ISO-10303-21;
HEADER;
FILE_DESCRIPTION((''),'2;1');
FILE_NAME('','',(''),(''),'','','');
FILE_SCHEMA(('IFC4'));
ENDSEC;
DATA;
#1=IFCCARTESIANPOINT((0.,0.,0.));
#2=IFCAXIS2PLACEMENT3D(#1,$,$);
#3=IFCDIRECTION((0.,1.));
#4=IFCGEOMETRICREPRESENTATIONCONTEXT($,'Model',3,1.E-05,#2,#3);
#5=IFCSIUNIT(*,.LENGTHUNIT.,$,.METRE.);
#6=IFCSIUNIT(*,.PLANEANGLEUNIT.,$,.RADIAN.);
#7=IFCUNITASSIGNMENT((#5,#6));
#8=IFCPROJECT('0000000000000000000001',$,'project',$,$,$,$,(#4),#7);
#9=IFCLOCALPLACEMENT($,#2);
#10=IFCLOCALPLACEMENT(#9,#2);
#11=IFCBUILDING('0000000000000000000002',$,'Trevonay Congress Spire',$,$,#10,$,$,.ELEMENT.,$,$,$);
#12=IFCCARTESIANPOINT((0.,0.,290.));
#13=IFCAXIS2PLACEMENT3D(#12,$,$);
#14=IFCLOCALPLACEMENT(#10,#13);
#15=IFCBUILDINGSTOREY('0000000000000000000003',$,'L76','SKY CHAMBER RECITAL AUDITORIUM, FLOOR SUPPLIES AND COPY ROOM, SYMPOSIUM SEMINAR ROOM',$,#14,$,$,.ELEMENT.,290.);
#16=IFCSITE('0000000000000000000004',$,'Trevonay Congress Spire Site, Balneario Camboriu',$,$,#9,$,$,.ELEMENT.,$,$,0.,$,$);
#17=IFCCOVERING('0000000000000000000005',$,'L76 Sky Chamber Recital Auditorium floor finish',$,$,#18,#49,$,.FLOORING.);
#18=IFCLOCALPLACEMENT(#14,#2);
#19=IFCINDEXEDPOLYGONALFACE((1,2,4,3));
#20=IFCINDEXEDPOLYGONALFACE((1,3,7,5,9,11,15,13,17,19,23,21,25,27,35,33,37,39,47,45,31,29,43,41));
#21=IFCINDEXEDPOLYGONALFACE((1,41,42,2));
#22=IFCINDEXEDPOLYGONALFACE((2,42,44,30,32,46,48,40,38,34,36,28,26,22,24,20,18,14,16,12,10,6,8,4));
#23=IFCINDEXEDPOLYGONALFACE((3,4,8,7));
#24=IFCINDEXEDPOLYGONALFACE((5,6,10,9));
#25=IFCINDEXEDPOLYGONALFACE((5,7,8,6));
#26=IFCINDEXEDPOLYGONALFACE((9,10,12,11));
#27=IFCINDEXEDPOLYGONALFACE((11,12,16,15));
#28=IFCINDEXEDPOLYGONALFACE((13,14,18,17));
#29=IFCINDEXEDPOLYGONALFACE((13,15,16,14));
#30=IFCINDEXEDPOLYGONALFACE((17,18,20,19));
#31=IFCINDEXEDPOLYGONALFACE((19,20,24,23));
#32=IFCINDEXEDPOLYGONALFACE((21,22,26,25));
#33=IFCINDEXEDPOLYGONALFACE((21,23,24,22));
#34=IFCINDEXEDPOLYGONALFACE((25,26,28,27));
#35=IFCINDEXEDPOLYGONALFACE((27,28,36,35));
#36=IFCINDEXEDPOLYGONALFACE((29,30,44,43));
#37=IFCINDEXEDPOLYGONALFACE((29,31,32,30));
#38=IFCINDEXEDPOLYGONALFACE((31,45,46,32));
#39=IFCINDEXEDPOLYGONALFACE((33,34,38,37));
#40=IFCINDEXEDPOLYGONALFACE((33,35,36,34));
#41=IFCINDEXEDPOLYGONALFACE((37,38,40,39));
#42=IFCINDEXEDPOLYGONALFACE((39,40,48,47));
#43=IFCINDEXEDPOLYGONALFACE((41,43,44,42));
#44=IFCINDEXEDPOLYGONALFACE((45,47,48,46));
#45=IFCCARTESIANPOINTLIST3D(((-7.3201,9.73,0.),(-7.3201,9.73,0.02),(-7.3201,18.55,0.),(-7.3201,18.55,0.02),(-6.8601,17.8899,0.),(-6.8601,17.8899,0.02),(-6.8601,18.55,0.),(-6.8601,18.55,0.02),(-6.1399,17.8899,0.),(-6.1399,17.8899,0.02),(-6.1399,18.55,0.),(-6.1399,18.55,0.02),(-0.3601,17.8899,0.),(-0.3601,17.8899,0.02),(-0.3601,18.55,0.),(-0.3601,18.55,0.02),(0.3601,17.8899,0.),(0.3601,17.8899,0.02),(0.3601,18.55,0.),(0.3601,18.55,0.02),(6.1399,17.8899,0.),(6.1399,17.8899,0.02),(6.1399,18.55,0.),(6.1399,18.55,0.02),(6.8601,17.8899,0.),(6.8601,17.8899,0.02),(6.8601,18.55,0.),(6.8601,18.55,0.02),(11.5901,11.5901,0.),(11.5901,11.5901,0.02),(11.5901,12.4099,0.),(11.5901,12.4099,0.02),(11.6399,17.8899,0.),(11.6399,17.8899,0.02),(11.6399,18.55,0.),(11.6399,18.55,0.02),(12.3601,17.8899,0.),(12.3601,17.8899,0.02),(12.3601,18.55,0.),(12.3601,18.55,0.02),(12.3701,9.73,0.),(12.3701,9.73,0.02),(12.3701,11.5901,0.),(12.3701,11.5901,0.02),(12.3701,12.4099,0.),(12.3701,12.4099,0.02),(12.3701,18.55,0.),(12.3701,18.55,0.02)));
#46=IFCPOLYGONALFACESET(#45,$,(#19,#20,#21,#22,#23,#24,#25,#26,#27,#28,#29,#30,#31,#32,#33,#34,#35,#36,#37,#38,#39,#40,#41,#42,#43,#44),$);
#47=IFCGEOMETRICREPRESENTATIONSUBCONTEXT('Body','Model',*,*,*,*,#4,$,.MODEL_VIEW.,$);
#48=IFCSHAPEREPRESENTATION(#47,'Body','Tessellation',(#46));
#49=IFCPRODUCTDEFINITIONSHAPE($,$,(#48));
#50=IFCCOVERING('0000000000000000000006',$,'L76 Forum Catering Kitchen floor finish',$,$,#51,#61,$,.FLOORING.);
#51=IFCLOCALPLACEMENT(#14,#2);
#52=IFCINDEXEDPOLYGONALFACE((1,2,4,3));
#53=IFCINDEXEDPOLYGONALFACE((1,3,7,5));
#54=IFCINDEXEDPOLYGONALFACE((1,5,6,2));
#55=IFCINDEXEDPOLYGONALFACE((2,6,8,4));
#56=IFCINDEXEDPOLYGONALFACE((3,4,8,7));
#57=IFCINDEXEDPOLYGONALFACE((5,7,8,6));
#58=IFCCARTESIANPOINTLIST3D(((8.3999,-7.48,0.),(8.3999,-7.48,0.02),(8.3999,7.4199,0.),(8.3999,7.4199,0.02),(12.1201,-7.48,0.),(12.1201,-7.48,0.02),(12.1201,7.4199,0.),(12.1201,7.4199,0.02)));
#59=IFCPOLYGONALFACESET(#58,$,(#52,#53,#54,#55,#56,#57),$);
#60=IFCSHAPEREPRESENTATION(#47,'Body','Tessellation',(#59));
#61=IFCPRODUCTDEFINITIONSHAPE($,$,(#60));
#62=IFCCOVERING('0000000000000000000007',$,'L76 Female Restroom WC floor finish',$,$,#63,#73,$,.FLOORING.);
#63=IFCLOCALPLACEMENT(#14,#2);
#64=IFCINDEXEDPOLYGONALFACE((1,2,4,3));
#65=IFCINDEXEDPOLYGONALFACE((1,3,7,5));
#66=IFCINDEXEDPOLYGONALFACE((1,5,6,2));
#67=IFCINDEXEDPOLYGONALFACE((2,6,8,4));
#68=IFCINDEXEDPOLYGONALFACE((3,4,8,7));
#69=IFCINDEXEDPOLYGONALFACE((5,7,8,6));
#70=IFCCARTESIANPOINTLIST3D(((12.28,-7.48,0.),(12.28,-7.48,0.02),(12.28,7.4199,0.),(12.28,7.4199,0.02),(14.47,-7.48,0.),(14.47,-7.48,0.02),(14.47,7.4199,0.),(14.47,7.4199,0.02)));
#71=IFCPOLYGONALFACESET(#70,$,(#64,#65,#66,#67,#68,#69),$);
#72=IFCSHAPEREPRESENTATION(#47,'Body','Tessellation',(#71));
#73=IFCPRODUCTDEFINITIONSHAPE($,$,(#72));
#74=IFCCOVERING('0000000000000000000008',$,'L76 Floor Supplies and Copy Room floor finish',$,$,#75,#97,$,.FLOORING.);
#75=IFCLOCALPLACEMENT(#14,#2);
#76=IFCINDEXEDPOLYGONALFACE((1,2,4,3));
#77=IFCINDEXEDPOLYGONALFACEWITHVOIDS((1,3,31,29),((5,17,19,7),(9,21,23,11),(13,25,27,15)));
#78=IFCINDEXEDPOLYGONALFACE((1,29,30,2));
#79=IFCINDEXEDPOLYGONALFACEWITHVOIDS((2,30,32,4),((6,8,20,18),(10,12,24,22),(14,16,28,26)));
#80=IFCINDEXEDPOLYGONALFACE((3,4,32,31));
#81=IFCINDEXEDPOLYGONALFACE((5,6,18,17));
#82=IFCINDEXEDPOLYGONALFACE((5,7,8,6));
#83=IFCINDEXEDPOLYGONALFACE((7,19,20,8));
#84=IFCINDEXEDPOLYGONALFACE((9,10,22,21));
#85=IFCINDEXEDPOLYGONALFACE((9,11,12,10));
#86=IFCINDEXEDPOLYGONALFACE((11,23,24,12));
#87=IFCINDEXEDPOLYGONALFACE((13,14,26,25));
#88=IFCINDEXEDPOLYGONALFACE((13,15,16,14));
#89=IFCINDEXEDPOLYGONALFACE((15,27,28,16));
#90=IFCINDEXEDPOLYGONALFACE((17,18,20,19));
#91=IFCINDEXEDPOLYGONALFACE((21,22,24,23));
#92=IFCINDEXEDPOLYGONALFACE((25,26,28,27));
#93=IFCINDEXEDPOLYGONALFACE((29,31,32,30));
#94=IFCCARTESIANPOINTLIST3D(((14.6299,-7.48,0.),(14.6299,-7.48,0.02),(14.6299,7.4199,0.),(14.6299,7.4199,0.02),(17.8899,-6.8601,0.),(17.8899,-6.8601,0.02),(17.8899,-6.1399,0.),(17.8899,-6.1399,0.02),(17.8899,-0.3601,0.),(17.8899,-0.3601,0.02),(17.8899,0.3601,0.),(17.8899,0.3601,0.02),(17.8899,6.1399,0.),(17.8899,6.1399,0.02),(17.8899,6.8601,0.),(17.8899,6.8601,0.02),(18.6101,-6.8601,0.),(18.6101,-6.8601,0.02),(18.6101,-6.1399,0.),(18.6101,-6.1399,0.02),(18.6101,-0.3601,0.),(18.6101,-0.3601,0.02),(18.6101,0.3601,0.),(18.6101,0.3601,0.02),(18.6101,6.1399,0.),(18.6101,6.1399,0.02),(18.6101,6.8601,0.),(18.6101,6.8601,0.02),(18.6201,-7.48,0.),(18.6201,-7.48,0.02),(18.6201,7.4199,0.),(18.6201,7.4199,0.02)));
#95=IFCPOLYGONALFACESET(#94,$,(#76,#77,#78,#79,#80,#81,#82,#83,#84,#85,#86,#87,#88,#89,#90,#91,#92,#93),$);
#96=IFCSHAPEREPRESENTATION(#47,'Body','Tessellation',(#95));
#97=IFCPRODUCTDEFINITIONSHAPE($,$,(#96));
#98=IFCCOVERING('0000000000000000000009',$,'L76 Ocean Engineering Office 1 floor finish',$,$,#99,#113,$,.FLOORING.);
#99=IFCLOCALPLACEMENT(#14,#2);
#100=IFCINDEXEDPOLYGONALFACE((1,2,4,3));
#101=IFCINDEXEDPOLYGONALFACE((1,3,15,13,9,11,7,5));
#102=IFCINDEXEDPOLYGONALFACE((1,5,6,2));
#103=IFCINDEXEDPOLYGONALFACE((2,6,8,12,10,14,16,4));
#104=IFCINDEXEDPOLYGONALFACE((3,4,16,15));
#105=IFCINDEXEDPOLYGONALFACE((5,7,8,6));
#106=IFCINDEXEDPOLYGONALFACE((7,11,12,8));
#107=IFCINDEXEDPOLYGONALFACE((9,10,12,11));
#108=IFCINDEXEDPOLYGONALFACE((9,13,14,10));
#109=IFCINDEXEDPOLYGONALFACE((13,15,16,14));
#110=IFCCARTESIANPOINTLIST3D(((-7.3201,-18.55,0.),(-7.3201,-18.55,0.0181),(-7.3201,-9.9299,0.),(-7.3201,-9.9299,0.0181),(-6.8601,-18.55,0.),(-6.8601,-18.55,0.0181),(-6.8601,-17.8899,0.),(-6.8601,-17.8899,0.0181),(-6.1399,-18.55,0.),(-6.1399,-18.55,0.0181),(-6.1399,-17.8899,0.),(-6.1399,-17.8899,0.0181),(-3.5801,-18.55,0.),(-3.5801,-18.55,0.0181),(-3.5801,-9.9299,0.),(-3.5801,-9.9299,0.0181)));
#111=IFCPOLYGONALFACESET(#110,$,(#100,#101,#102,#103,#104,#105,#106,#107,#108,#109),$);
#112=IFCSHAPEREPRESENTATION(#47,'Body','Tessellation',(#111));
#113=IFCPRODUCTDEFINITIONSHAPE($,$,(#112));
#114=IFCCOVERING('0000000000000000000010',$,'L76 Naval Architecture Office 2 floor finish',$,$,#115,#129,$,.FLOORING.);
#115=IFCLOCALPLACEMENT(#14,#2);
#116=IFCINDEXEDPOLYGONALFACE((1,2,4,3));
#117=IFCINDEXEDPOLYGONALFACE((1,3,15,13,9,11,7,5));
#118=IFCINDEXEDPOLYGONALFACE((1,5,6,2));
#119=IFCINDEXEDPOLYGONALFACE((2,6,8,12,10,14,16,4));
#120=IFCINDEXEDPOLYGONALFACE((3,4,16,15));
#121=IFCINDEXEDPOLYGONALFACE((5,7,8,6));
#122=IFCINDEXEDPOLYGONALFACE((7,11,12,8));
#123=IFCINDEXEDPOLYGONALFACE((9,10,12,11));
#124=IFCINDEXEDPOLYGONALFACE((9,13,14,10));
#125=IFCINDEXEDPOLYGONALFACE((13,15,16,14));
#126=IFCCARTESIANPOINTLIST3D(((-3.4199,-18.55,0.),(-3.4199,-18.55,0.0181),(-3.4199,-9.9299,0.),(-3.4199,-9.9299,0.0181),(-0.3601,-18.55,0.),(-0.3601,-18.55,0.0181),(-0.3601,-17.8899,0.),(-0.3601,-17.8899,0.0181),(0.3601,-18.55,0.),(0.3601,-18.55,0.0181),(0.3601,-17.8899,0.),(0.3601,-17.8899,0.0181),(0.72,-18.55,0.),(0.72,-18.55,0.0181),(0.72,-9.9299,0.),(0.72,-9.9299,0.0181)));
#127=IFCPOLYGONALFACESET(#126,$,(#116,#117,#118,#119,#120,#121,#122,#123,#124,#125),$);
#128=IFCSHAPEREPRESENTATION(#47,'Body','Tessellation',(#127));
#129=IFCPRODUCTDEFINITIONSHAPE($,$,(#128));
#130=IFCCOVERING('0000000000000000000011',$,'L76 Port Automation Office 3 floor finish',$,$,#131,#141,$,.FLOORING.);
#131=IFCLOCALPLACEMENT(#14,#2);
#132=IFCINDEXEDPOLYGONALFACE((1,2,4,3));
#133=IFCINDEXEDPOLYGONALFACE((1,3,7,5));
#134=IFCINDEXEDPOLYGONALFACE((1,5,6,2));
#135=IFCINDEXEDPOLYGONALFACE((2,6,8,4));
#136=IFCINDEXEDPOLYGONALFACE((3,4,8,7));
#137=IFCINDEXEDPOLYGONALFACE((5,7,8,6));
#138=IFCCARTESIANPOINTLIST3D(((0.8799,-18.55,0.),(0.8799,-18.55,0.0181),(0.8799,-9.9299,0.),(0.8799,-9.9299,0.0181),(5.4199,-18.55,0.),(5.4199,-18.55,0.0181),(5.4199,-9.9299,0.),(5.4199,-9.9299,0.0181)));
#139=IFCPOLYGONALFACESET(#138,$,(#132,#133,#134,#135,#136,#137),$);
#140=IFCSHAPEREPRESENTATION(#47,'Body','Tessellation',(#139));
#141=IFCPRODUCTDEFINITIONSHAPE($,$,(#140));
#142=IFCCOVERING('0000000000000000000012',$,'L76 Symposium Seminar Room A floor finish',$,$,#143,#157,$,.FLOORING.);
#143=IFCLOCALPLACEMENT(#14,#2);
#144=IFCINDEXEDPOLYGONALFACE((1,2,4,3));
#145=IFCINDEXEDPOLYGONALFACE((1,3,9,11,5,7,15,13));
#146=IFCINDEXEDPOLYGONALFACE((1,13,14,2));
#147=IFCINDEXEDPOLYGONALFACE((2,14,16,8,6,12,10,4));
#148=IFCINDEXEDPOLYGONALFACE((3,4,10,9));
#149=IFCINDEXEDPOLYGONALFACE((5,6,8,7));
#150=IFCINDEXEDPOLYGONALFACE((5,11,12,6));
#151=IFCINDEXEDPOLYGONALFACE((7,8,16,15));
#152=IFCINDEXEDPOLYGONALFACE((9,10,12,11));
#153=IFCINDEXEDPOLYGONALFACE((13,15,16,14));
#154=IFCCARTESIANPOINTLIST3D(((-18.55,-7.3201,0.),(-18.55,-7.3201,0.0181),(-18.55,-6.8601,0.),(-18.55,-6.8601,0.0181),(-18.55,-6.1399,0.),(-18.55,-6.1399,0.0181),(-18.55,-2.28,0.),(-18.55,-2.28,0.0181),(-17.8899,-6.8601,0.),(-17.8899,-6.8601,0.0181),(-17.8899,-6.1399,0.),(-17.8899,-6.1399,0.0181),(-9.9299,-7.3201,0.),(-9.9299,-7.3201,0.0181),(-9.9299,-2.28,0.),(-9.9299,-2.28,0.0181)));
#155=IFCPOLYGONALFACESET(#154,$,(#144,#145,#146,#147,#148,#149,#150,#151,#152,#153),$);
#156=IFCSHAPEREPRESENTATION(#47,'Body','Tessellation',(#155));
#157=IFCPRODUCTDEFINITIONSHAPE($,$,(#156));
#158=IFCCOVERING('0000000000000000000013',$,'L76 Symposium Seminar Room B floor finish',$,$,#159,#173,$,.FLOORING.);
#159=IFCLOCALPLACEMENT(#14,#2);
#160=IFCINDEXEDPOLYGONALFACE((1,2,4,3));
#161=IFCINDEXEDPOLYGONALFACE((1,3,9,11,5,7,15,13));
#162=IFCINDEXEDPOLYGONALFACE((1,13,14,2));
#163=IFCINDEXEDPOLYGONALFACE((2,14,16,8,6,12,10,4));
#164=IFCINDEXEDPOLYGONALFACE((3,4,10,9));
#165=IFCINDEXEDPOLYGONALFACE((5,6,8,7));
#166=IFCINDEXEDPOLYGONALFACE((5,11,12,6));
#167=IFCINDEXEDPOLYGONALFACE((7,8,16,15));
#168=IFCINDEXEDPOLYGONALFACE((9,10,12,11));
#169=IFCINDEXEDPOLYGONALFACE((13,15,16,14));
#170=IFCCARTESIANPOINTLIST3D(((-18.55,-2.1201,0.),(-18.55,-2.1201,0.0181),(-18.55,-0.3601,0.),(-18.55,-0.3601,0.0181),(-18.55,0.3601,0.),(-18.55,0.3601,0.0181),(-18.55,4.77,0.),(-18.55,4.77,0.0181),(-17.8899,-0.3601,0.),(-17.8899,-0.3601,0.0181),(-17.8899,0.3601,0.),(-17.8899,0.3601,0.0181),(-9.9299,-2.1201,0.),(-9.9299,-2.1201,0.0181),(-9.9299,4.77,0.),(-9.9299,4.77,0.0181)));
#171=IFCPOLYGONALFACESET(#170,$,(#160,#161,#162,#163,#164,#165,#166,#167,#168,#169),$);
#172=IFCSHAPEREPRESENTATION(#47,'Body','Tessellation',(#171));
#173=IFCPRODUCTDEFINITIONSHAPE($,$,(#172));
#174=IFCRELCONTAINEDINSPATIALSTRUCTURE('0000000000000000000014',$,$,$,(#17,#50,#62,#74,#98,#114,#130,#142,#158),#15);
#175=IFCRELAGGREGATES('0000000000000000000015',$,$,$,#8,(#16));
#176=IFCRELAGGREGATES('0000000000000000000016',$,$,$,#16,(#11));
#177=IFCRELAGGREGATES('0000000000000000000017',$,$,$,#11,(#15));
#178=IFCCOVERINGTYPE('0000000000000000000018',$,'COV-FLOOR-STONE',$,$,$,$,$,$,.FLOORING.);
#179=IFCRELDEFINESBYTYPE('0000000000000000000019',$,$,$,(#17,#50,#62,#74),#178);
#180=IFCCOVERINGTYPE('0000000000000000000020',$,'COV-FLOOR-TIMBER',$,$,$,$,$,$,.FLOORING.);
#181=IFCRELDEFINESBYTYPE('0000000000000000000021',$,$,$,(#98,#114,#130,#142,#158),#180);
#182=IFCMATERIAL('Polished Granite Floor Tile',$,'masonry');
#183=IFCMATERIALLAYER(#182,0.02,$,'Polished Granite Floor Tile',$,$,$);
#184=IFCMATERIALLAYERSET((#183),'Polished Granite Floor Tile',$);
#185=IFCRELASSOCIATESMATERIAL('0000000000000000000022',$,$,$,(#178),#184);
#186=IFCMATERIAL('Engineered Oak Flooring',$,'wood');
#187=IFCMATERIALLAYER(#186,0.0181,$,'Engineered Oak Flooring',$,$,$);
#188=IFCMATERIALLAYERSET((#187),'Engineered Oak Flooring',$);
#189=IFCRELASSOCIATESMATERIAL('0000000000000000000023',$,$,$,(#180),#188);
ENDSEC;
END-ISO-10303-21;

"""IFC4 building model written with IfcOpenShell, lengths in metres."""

from ifc_helpers import new_model, si_unit, direction, frame, origin, place, context, subcontext, project, spatial, polyline, outline, extrude, material, layer, layer_set, type_object, element, save


model = new_model("IFC4")

# Units and contexts
model_context = context("Model", 3, precision=1e-05, world=origin(), true_north=direction((0.0, 1.0)))
body_context = subcontext(model_context, "Body", "Model", "MODEL_VIEW")
ifc_project = project(units=[si_unit("LENGTHUNIT", "METRE"), si_unit("PLANEANGLEUNIT", "RADIAN")], contexts=[model_context])

# Site, building, storey
site_placement = place(None, origin())
site = spatial("IfcSite", under=ifc_project, at=site_placement, Name="Trevonay Congress Spire Site, Balneario Camboriu", CompositionType="ELEMENT", RefElevation=0.0)
building_placement = place(site_placement, origin())
building = spatial("IfcBuilding", under=site, at=building_placement, Name="Trevonay Congress Spire", CompositionType="ELEMENT")
storey_placement = place(building_placement, frame((0.0, 0.0, 290.0)))
storey = spatial("IfcBuildingStorey", under=building, at=storey_placement, Name="L76", Description="SKY CHAMBER RECITAL AUDITORIUM, FLOOR SUPPLIES AND COPY ROOM, SYMPOSIUM SEMINAR ROOM", CompositionType="ELEMENT", Elevation=290.0)

# Coverings
ifc_material_1 = material(Name="Polished Granite Floor Tile", Category="masonry")
ifc_layer_1 = layer(ifc_material_1, 0.02, Name="Polished Granite Floor Tile")
ifc_layer_set_1 = layer_set([ifc_layer_1], Name="Polished Granite Floor Tile")
covering_type_1 = type_object("IfcCoveringType", Name="COV-FLOOR-STONE", PredefinedType="FLOORING", material=ifc_layer_set_1)
covering_1_placement = place(storey_placement, origin())
element("IfcCovering", 1, at=covering_1_placement, inside=storey, type_object=covering_type_1, Name="L76 Sky Chamber Recital Auditorium floor finish", PredefinedType="FLOORING", context=body_context, shape_type="SweptSolid", body=[
    extrude(outline(polyline([(12.3701, 9.73), (-7.3201, 9.73), (-7.3201, 18.55), (-6.8601, 18.55), (-6.8601, 17.8899), (-6.1399, 17.8899), (-6.1399, 18.55), (-0.3601, 18.55), (-0.3601, 17.8899), (0.3601, 17.8899), (0.3601, 18.55), (6.1399, 18.55), (6.1399, 17.8899), (6.8601, 17.8899), (6.8601, 18.55), (11.6399, 18.55), (11.6399, 17.8899), (12.3601, 17.8899), (12.3601, 18.55), (12.3701, 18.55), (12.3701, 12.4099), (11.5901, 12.4099), (11.5901, 11.5901), (12.3701, 11.5901), (12.3701, 9.73)])), origin(), (0.0, 0.0, 1.0), 0.02),
])
covering_2_placement = place(storey_placement, origin())
element("IfcCovering", 2, at=covering_2_placement, inside=storey, type_object=covering_type_1, Name="L76 Forum Catering Kitchen floor finish", PredefinedType="FLOORING", context=body_context, shape_type="SweptSolid", body=[
    extrude(outline(polyline([(8.3999, -7.48), (12.1201, -7.48), (12.1201, 7.4199), (8.3999, 7.4199), (8.3999, -7.48)])), origin(), (0.0, 0.0, 1.0), 0.02),
])
covering_3_placement = place(storey_placement, origin())
element("IfcCovering", 3, at=covering_3_placement, inside=storey, type_object=covering_type_1, Name="L76 Female Restroom WC floor finish", PredefinedType="FLOORING", context=body_context, shape_type="SweptSolid", body=[
    extrude(outline(polyline([(12.28, -7.48), (14.47, -7.48), (14.47, 7.4199), (12.28, 7.4199), (12.28, -7.48)])), origin(), (0.0, 0.0, 1.0), 0.02),
])
covering_4_placement = place(storey_placement, origin())
element("IfcCovering", 4, at=covering_4_placement, inside=storey, type_object=covering_type_1, Name="L76 Floor Supplies and Copy Room floor finish", PredefinedType="FLOORING", context=body_context, shape_type="SweptSolid", body=[
    extrude(outline(polyline([(14.6299, 7.4199), (18.6201, 7.4199), (18.6201, -7.48), (14.6299, -7.48), (14.6299, 7.4199)]), holes=[polyline([(17.8899, -6.8601), (18.6101, -6.8601), (18.6101, -6.1399), (17.8899, -6.1399), (17.8899, -6.8601)]), polyline([(17.8899, 0.3601), (17.8899, -0.3601), (18.6101, -0.3601), (18.6101, 0.3601), (17.8899, 0.3601)]), polyline([(17.8899, 6.8601), (17.8899, 6.1399), (18.6101, 6.1399), (18.6101, 6.8601), (17.8899, 6.8601)])]), origin(), (0.0, 0.0, 1.0), 0.02),
])
ifc_material_2 = material(Name="Engineered Oak Flooring", Category="wood")
ifc_layer_2 = layer(ifc_material_2, 0.0181, Name="Engineered Oak Flooring")
ifc_layer_set_2 = layer_set([ifc_layer_2], Name="Engineered Oak Flooring")
covering_type_2 = type_object("IfcCoveringType", Name="COV-FLOOR-TIMBER", PredefinedType="FLOORING", material=ifc_layer_set_2)
covering_5_placement = place(storey_placement, origin())
element("IfcCovering", 5, at=covering_5_placement, inside=storey, type_object=covering_type_2, Name="L76 Ocean Engineering Office 1 floor finish", PredefinedType="FLOORING", context=body_context, shape_type="SweptSolid", body=[
    extrude(outline(polyline([(-7.3201, -18.55), (-7.3201, -9.9299), (-3.5801, -9.9299), (-3.5801, -18.55), (-6.1399, -18.55), (-6.1399, -17.8899), (-6.8601, -17.8899), (-6.8601, -18.55), (-7.3201, -18.55)])), origin(), (0.0, 0.0, 1.0), 0.0181),
])
covering_6_placement = place(storey_placement, origin())
element("IfcCovering", 6, at=covering_6_placement, inside=storey, type_object=covering_type_2, Name="L76 Naval Architecture Office 2 floor finish", PredefinedType="FLOORING", context=body_context, shape_type="SweptSolid", body=[
    extrude(outline(polyline([(-3.4199, -18.55), (-3.4199, -9.9299), (0.72, -9.9299), (0.72, -18.55), (0.3601, -18.55), (0.3601, -17.8899), (-0.3601, -17.8899), (-0.3601, -18.55), (-3.4199, -18.55)])), origin(), (0.0, 0.0, 1.0), 0.0181),
])
covering_7_placement = place(storey_placement, origin())
element("IfcCovering", 7, at=covering_7_placement, inside=storey, type_object=covering_type_2, Name="L76 Port Automation Office 3 floor finish", PredefinedType="FLOORING", context=body_context, shape_type="SweptSolid", body=[
    extrude(outline(polyline([(0.8799, -18.55), (5.4199, -18.55), (5.4199, -9.9299), (0.8799, -9.9299), (0.8799, -18.55)])), origin(), (0.0, 0.0, 1.0), 0.0181),
])
covering_8_placement = place(storey_placement, origin())
element("IfcCovering", 8, at=covering_8_placement, inside=storey, type_object=covering_type_2, Name="L76 Symposium Seminar Room A floor finish", PredefinedType="FLOORING", context=body_context, shape_type="SweptSolid", body=[
    extrude(outline(polyline([(-18.55, -2.28), (-9.9299, -2.28), (-9.9299, -7.3201), (-18.55, -7.3201), (-18.55, -6.8601), (-17.8899, -6.8601), (-17.8899, -6.1399), (-18.55, -6.1399), (-18.55, -2.28)])), origin(), (0.0, 0.0, 1.0), 0.0181),
])
covering_9_placement = place(storey_placement, origin())
element("IfcCovering", 9, at=covering_9_placement, inside=storey, type_object=covering_type_2, Name="L76 Symposium Seminar Room B floor finish", PredefinedType="FLOORING", context=body_context, shape_type="SweptSolid", body=[
    extrude(outline(polyline([(-18.55, 4.77), (-9.9299, 4.77), (-9.9299, -2.1201), (-18.55, -2.1201), (-18.55, -0.3601), (-17.8899, -0.3601), (-17.8899, 0.3601), (-18.55, 0.3601), (-18.55, 4.77)])), origin(), (0.0, 0.0, 1.0), 0.0181),
])

save(model, "model.ifc")
